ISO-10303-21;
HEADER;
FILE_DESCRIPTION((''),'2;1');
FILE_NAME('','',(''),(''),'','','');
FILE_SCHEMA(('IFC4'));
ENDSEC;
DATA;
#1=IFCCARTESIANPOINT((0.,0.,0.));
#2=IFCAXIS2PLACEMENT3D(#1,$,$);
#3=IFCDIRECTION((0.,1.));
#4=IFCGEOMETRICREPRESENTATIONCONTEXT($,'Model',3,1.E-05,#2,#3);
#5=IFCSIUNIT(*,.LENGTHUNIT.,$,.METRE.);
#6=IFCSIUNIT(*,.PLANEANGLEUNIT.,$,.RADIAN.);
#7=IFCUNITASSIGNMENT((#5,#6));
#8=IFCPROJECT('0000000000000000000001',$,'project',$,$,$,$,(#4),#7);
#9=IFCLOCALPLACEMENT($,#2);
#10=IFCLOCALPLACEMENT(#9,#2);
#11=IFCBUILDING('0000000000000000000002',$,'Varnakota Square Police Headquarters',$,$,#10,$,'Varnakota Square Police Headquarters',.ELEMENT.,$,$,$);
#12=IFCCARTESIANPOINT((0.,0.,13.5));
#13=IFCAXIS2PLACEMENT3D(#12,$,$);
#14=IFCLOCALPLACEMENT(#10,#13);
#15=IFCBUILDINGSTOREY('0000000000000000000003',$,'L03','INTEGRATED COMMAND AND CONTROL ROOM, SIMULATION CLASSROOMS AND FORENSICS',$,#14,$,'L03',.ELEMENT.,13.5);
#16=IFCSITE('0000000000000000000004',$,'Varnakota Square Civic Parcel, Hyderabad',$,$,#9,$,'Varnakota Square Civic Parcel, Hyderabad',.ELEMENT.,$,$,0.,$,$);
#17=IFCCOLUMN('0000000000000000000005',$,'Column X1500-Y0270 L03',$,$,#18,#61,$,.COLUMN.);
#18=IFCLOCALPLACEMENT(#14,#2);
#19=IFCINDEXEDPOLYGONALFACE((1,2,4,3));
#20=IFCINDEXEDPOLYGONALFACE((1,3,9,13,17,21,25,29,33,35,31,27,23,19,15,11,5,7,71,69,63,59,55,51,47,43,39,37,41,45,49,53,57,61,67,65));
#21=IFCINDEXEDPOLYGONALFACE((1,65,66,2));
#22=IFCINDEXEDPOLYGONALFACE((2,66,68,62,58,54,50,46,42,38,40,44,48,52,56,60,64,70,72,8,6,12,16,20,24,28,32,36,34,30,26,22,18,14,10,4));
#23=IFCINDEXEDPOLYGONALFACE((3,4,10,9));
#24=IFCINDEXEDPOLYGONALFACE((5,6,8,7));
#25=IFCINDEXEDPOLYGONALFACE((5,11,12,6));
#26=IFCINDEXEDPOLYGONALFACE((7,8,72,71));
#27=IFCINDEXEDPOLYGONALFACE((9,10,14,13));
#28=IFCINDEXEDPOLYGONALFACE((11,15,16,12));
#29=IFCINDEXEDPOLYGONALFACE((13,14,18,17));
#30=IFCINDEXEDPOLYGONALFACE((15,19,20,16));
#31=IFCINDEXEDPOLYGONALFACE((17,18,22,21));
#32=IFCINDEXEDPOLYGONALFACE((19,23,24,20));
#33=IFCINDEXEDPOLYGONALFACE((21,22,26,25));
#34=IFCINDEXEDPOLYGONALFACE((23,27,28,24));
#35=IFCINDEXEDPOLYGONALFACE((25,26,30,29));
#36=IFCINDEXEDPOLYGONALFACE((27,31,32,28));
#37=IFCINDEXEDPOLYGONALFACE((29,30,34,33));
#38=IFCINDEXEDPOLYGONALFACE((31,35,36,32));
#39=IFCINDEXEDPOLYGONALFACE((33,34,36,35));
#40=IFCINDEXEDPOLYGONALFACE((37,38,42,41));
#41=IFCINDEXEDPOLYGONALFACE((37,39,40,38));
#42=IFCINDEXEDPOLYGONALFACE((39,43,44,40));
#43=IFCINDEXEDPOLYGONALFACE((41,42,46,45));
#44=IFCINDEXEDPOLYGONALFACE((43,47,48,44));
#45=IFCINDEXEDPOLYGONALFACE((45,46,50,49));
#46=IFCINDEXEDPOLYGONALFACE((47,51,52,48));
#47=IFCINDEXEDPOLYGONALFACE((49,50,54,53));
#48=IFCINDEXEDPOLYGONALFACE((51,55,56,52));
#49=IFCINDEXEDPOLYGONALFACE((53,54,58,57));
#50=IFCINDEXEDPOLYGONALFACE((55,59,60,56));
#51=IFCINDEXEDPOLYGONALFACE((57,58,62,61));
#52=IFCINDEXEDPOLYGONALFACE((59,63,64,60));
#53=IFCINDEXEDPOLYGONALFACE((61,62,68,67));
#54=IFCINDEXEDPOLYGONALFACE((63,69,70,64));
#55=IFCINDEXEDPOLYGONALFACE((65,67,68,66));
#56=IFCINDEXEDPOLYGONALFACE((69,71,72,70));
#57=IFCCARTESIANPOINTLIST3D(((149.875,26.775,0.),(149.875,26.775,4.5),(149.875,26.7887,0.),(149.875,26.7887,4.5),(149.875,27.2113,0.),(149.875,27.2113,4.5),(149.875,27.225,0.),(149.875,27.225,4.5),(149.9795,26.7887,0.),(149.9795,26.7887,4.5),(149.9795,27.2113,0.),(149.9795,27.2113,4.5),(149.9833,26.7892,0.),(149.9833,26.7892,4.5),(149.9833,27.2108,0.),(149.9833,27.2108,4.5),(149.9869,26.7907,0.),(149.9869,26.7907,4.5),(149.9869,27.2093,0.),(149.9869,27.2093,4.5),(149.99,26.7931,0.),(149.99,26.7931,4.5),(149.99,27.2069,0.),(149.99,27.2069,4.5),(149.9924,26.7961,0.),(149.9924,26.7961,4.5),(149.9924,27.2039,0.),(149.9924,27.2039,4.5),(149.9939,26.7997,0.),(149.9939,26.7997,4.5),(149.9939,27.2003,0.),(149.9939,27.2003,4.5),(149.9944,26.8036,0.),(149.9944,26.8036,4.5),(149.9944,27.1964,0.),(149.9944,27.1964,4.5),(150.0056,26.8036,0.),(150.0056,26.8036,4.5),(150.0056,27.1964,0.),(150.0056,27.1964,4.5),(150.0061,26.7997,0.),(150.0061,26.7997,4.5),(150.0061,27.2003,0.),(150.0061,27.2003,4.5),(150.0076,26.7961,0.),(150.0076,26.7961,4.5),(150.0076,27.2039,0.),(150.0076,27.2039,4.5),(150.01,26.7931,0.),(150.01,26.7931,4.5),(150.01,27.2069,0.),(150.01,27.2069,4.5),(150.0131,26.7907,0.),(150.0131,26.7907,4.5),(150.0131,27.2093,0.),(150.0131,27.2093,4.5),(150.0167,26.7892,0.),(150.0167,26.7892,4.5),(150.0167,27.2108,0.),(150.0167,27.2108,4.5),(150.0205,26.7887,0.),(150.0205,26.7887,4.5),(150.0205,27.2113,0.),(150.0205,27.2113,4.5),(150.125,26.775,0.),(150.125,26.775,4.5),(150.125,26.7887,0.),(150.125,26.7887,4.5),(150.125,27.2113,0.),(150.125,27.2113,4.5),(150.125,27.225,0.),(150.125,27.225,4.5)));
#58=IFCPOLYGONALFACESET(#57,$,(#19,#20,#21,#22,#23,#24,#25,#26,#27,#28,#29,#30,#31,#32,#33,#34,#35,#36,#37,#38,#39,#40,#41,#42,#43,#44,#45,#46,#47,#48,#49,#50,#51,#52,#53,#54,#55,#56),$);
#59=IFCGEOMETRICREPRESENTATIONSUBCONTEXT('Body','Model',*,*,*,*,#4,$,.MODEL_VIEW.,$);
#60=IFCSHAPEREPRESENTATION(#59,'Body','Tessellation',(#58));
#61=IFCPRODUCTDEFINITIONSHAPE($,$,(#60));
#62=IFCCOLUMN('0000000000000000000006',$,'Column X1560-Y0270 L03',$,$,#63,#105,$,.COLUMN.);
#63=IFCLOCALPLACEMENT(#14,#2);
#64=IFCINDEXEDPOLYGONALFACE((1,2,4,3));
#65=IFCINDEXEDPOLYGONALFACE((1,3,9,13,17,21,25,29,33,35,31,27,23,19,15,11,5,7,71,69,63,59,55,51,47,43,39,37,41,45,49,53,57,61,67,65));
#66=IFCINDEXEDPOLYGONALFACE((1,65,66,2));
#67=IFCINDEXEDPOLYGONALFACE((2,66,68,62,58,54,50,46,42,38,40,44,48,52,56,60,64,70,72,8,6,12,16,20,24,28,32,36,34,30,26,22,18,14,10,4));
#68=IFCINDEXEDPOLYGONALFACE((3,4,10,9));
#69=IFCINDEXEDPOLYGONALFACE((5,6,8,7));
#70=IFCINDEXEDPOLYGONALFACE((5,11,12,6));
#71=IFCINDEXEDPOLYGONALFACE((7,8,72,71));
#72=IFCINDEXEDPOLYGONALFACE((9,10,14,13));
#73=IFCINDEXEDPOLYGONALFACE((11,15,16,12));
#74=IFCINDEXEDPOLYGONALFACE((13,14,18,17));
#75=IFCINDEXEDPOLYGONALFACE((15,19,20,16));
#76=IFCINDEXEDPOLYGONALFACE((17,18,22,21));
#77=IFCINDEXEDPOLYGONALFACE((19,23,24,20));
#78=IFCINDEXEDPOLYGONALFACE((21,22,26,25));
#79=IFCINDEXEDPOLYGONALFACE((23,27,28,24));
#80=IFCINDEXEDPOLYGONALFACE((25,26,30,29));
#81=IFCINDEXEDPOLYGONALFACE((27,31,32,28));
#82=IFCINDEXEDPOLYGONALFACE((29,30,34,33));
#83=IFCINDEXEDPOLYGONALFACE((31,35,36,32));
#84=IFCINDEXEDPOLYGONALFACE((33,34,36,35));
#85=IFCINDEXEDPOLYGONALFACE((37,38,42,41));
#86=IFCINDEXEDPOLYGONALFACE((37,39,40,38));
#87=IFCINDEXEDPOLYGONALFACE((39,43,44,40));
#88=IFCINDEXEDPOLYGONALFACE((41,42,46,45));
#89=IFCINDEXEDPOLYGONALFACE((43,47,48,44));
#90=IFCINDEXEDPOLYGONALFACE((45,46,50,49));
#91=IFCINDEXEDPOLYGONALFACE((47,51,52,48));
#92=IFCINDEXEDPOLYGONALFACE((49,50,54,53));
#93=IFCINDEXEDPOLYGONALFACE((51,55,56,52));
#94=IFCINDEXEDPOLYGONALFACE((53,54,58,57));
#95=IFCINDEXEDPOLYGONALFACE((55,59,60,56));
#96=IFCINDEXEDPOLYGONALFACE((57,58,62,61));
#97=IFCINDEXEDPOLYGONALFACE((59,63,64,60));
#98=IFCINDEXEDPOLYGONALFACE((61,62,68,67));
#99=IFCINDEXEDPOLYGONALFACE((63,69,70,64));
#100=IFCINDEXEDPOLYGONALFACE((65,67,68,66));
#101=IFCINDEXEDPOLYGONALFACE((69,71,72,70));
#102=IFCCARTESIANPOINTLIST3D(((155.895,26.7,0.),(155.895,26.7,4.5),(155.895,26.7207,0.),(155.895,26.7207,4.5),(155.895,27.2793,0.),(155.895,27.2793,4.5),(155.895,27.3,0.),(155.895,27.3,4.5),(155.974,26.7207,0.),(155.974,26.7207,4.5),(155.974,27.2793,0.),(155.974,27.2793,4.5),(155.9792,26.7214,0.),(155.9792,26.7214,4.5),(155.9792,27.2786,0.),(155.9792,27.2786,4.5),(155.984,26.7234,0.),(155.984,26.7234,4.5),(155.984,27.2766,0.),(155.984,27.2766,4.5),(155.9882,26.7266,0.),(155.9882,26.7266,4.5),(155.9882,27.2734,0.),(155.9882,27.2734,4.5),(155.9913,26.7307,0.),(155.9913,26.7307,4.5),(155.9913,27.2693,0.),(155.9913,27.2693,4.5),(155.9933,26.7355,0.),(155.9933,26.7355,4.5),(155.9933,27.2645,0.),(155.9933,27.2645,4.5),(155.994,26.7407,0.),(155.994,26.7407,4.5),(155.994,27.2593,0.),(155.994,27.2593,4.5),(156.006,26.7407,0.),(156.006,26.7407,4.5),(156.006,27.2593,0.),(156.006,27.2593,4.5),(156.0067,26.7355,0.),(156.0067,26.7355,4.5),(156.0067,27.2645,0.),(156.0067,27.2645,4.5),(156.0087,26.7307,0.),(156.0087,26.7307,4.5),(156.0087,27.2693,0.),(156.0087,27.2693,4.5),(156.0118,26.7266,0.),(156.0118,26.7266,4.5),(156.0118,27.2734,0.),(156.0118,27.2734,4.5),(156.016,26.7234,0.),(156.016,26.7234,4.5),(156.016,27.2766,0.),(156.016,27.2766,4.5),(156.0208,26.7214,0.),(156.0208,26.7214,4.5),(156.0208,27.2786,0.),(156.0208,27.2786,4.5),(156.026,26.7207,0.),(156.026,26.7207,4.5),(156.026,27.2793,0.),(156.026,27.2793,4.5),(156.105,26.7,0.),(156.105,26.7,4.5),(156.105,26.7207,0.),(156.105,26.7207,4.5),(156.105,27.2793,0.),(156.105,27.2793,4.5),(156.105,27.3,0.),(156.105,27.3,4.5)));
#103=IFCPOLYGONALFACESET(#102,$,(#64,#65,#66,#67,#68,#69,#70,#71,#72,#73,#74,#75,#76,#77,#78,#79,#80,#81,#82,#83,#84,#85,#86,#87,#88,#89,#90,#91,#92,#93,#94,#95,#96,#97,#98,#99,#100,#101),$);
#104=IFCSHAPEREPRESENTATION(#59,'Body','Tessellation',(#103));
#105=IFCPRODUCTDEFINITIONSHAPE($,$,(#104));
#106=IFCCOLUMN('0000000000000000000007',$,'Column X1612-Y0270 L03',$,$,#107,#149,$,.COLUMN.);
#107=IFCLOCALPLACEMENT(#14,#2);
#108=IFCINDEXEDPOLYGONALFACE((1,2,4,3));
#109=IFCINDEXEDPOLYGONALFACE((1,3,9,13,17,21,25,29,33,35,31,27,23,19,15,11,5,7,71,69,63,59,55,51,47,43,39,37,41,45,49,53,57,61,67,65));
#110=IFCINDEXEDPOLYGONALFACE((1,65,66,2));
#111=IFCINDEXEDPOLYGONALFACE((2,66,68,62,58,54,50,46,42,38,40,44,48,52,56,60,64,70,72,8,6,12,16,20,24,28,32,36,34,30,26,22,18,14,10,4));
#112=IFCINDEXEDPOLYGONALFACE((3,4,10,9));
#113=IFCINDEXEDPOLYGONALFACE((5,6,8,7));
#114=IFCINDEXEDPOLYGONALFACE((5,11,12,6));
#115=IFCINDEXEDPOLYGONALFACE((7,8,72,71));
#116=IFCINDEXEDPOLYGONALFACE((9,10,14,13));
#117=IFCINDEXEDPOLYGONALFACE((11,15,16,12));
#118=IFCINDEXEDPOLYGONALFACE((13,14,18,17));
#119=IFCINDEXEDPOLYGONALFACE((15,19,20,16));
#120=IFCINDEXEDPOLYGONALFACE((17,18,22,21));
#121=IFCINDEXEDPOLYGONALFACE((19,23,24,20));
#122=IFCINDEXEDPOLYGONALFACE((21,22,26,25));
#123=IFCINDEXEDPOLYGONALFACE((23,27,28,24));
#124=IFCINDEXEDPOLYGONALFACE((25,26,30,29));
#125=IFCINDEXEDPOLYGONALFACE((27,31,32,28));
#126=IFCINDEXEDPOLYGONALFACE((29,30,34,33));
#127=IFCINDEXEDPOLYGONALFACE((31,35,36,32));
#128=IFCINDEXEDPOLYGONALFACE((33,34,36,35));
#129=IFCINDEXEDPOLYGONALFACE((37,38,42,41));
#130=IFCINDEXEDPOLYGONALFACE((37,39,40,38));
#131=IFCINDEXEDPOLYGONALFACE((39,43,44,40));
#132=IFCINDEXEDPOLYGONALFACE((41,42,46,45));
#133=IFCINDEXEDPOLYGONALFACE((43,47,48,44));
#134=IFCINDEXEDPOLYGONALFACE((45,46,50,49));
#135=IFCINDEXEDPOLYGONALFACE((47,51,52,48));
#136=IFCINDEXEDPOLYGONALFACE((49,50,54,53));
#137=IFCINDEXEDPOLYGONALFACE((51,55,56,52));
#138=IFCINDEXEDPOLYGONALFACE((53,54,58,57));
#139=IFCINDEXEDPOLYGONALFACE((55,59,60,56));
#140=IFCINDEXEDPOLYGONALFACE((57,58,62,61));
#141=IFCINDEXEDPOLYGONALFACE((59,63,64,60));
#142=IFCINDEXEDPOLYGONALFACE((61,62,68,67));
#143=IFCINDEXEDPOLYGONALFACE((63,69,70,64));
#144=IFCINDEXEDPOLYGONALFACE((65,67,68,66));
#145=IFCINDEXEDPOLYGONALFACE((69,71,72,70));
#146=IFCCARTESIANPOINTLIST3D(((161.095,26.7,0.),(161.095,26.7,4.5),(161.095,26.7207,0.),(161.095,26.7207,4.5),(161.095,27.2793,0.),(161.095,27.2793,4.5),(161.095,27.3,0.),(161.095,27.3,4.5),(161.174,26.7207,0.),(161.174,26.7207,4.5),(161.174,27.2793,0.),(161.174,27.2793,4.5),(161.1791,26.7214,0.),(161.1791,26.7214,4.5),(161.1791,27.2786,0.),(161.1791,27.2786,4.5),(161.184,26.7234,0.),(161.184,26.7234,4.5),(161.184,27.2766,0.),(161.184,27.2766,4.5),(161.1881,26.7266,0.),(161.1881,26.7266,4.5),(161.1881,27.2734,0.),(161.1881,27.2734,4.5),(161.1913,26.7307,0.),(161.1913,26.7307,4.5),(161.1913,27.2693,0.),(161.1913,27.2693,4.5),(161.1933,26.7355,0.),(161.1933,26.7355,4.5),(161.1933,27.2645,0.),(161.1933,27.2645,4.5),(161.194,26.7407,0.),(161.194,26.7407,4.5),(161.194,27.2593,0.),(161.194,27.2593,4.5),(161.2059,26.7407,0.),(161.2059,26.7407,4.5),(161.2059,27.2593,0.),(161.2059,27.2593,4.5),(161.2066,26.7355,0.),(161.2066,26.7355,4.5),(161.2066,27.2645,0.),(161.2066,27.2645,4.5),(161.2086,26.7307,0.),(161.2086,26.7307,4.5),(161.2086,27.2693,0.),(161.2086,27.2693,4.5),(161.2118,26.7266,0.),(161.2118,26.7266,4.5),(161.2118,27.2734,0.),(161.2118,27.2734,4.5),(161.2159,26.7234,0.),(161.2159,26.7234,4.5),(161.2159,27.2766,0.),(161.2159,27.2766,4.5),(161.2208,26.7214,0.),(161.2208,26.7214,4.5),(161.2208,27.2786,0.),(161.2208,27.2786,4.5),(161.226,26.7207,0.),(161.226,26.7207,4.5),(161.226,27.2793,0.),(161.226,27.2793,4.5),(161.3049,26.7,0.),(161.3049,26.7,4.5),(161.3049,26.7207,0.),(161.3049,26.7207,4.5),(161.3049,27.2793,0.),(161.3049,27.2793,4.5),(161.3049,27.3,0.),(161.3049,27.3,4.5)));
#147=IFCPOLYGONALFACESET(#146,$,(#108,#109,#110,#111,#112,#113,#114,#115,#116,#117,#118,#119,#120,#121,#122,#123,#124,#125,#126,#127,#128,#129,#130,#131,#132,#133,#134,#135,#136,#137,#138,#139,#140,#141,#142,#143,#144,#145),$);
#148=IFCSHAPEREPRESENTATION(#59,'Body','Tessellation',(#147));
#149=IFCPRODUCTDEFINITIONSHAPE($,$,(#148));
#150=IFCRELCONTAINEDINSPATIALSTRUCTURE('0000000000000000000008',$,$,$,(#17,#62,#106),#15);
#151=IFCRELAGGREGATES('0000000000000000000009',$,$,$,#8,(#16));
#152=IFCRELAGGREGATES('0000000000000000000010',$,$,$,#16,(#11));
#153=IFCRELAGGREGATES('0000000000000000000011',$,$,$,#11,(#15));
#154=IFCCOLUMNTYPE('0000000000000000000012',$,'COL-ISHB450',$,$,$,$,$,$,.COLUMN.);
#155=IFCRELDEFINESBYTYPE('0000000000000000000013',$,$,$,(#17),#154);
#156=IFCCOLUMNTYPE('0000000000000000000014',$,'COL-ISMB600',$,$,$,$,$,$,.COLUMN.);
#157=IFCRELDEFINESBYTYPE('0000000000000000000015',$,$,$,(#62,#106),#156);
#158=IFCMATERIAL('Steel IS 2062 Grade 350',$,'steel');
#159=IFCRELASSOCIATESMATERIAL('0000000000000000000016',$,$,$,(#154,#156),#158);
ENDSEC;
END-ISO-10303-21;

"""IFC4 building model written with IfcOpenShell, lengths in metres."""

from ifc_helpers import new_model, si_unit, direction, frame, origin, origin_2d, place, context, subcontext, project, spatial, i_section, extrude, material, material_profile, profile_set, type_object, element, save


model = new_model("IFC4")

# Units and contexts
model_context = context("Model", 3, precision=1e-05, world=origin(), true_north=direction((0.0, 1.0)))
body_context = subcontext(model_context, "Body", "Model", "MODEL_VIEW")
ifc_project = project(units=[si_unit("LENGTHUNIT", "METRE"), si_unit("PLANEANGLEUNIT", "RADIAN")], contexts=[model_context])

# Site, building, storey
site_placement = place(None, origin())
site = spatial("IfcSite", under=ifc_project, at=site_placement, Name="Varnakota Square Civic Parcel, Hyderabad", LongName="Varnakota Square Civic Parcel, Hyderabad", CompositionType="ELEMENT", RefElevation=0.0)
building_placement = place(site_placement, origin())
building = spatial("IfcBuilding", under=site, at=building_placement, Name="Varnakota Square Police Headquarters", LongName="Varnakota Square Police Headquarters", CompositionType="ELEMENT")
storey_placement = place(building_placement, frame((0.0, 0.0, 13.5)))
storey = spatial("IfcBuildingStorey", under=building, at=storey_placement, Name="L03", Description="INTEGRATED COMMAND AND CONTROL ROOM, SIMULATION CLASSROOMS AND FORENSICS", LongName="L03", CompositionType="ELEMENT", Elevation=13.5)

# Columns
ifc_material_1 = material(Name="Steel IS 2062 Grade 350", Category="steel")
ifc_material_profile_1 = material_profile(ifc_material_1, i_section(OverallWidth=0.25, OverallDepth=0.45, WebThickness=0.0112, FlangeThickness=0.0137, FilletRadius=0.0149, at=origin_2d()), Name="ISHB 450")
ifc_profile_set_1 = profile_set([ifc_material_profile_1], Name="Steel IS 2062 Grade 350")
column_type_1 = type_object("IfcColumnType", Name="COL-ISHB450", PredefinedType="COLUMN", material=ifc_profile_set_1)
column_placement = place(storey_placement, frame((150.0, 27.0, 0.0), z_axis=(0.0, 0.0, 1.0), x_axis=(1.0, 0.0, 0.0)))
element("IfcColumn", 1, at=column_placement, inside=storey, type_object=column_type_1, Name="Column X1500-Y0270 L03", PredefinedType="COLUMN", context=body_context, shape_type="SweptSolid", body=[
    extrude(i_section(OverallWidth=0.25, OverallDepth=0.45, WebThickness=0.0112, FlangeThickness=0.0137, FilletRadius=0.0149, at=origin_2d()), origin(), (0.0, 0.0, 1.0), 4.5),
])
ifc_material_profile_2 = material_profile(ifc_material_1, i_section(OverallWidth=0.21, OverallDepth=0.6001, WebThickness=0.012, FlangeThickness=0.0208, FilletRadius=0.02, at=origin_2d()), Name="ISMB 600")
ifc_profile_set_2 = profile_set([ifc_material_profile_2], Name="Steel IS 2062 Grade 350")
column_type_2 = type_object("IfcColumnType", Name="COL-ISMB600", PredefinedType="COLUMN", material=ifc_profile_set_2)
for number, where, z_axis, x_axis, name in (
    (2, (156.0, 27.0, 0.0), (0.0, 0.0, 1.0), (1.0, 0.0, 0.0), "Column X1560-Y0270 L03"),
    (3, (161.2, 27.0, 0.0), (0.0, 0.0, 1.0), (1.0, 0.0, 0.0), "Column X1612-Y0270 L03"),
):
    element("IfcColumn", number, at=place(storey_placement, frame(where, z_axis=z_axis, x_axis=x_axis)), inside=storey, type_object=column_type_2, Name=name, PredefinedType="COLUMN", context=body_context, shape_type="SweptSolid", body=[
        extrude(i_section(OverallWidth=0.21, OverallDepth=0.6001, WebThickness=0.012, FlangeThickness=0.0208, FilletRadius=0.02, at=origin_2d()), origin(), (0.0, 0.0, 1.0), 4.5),
    ])

save(model, "model.ifc")
